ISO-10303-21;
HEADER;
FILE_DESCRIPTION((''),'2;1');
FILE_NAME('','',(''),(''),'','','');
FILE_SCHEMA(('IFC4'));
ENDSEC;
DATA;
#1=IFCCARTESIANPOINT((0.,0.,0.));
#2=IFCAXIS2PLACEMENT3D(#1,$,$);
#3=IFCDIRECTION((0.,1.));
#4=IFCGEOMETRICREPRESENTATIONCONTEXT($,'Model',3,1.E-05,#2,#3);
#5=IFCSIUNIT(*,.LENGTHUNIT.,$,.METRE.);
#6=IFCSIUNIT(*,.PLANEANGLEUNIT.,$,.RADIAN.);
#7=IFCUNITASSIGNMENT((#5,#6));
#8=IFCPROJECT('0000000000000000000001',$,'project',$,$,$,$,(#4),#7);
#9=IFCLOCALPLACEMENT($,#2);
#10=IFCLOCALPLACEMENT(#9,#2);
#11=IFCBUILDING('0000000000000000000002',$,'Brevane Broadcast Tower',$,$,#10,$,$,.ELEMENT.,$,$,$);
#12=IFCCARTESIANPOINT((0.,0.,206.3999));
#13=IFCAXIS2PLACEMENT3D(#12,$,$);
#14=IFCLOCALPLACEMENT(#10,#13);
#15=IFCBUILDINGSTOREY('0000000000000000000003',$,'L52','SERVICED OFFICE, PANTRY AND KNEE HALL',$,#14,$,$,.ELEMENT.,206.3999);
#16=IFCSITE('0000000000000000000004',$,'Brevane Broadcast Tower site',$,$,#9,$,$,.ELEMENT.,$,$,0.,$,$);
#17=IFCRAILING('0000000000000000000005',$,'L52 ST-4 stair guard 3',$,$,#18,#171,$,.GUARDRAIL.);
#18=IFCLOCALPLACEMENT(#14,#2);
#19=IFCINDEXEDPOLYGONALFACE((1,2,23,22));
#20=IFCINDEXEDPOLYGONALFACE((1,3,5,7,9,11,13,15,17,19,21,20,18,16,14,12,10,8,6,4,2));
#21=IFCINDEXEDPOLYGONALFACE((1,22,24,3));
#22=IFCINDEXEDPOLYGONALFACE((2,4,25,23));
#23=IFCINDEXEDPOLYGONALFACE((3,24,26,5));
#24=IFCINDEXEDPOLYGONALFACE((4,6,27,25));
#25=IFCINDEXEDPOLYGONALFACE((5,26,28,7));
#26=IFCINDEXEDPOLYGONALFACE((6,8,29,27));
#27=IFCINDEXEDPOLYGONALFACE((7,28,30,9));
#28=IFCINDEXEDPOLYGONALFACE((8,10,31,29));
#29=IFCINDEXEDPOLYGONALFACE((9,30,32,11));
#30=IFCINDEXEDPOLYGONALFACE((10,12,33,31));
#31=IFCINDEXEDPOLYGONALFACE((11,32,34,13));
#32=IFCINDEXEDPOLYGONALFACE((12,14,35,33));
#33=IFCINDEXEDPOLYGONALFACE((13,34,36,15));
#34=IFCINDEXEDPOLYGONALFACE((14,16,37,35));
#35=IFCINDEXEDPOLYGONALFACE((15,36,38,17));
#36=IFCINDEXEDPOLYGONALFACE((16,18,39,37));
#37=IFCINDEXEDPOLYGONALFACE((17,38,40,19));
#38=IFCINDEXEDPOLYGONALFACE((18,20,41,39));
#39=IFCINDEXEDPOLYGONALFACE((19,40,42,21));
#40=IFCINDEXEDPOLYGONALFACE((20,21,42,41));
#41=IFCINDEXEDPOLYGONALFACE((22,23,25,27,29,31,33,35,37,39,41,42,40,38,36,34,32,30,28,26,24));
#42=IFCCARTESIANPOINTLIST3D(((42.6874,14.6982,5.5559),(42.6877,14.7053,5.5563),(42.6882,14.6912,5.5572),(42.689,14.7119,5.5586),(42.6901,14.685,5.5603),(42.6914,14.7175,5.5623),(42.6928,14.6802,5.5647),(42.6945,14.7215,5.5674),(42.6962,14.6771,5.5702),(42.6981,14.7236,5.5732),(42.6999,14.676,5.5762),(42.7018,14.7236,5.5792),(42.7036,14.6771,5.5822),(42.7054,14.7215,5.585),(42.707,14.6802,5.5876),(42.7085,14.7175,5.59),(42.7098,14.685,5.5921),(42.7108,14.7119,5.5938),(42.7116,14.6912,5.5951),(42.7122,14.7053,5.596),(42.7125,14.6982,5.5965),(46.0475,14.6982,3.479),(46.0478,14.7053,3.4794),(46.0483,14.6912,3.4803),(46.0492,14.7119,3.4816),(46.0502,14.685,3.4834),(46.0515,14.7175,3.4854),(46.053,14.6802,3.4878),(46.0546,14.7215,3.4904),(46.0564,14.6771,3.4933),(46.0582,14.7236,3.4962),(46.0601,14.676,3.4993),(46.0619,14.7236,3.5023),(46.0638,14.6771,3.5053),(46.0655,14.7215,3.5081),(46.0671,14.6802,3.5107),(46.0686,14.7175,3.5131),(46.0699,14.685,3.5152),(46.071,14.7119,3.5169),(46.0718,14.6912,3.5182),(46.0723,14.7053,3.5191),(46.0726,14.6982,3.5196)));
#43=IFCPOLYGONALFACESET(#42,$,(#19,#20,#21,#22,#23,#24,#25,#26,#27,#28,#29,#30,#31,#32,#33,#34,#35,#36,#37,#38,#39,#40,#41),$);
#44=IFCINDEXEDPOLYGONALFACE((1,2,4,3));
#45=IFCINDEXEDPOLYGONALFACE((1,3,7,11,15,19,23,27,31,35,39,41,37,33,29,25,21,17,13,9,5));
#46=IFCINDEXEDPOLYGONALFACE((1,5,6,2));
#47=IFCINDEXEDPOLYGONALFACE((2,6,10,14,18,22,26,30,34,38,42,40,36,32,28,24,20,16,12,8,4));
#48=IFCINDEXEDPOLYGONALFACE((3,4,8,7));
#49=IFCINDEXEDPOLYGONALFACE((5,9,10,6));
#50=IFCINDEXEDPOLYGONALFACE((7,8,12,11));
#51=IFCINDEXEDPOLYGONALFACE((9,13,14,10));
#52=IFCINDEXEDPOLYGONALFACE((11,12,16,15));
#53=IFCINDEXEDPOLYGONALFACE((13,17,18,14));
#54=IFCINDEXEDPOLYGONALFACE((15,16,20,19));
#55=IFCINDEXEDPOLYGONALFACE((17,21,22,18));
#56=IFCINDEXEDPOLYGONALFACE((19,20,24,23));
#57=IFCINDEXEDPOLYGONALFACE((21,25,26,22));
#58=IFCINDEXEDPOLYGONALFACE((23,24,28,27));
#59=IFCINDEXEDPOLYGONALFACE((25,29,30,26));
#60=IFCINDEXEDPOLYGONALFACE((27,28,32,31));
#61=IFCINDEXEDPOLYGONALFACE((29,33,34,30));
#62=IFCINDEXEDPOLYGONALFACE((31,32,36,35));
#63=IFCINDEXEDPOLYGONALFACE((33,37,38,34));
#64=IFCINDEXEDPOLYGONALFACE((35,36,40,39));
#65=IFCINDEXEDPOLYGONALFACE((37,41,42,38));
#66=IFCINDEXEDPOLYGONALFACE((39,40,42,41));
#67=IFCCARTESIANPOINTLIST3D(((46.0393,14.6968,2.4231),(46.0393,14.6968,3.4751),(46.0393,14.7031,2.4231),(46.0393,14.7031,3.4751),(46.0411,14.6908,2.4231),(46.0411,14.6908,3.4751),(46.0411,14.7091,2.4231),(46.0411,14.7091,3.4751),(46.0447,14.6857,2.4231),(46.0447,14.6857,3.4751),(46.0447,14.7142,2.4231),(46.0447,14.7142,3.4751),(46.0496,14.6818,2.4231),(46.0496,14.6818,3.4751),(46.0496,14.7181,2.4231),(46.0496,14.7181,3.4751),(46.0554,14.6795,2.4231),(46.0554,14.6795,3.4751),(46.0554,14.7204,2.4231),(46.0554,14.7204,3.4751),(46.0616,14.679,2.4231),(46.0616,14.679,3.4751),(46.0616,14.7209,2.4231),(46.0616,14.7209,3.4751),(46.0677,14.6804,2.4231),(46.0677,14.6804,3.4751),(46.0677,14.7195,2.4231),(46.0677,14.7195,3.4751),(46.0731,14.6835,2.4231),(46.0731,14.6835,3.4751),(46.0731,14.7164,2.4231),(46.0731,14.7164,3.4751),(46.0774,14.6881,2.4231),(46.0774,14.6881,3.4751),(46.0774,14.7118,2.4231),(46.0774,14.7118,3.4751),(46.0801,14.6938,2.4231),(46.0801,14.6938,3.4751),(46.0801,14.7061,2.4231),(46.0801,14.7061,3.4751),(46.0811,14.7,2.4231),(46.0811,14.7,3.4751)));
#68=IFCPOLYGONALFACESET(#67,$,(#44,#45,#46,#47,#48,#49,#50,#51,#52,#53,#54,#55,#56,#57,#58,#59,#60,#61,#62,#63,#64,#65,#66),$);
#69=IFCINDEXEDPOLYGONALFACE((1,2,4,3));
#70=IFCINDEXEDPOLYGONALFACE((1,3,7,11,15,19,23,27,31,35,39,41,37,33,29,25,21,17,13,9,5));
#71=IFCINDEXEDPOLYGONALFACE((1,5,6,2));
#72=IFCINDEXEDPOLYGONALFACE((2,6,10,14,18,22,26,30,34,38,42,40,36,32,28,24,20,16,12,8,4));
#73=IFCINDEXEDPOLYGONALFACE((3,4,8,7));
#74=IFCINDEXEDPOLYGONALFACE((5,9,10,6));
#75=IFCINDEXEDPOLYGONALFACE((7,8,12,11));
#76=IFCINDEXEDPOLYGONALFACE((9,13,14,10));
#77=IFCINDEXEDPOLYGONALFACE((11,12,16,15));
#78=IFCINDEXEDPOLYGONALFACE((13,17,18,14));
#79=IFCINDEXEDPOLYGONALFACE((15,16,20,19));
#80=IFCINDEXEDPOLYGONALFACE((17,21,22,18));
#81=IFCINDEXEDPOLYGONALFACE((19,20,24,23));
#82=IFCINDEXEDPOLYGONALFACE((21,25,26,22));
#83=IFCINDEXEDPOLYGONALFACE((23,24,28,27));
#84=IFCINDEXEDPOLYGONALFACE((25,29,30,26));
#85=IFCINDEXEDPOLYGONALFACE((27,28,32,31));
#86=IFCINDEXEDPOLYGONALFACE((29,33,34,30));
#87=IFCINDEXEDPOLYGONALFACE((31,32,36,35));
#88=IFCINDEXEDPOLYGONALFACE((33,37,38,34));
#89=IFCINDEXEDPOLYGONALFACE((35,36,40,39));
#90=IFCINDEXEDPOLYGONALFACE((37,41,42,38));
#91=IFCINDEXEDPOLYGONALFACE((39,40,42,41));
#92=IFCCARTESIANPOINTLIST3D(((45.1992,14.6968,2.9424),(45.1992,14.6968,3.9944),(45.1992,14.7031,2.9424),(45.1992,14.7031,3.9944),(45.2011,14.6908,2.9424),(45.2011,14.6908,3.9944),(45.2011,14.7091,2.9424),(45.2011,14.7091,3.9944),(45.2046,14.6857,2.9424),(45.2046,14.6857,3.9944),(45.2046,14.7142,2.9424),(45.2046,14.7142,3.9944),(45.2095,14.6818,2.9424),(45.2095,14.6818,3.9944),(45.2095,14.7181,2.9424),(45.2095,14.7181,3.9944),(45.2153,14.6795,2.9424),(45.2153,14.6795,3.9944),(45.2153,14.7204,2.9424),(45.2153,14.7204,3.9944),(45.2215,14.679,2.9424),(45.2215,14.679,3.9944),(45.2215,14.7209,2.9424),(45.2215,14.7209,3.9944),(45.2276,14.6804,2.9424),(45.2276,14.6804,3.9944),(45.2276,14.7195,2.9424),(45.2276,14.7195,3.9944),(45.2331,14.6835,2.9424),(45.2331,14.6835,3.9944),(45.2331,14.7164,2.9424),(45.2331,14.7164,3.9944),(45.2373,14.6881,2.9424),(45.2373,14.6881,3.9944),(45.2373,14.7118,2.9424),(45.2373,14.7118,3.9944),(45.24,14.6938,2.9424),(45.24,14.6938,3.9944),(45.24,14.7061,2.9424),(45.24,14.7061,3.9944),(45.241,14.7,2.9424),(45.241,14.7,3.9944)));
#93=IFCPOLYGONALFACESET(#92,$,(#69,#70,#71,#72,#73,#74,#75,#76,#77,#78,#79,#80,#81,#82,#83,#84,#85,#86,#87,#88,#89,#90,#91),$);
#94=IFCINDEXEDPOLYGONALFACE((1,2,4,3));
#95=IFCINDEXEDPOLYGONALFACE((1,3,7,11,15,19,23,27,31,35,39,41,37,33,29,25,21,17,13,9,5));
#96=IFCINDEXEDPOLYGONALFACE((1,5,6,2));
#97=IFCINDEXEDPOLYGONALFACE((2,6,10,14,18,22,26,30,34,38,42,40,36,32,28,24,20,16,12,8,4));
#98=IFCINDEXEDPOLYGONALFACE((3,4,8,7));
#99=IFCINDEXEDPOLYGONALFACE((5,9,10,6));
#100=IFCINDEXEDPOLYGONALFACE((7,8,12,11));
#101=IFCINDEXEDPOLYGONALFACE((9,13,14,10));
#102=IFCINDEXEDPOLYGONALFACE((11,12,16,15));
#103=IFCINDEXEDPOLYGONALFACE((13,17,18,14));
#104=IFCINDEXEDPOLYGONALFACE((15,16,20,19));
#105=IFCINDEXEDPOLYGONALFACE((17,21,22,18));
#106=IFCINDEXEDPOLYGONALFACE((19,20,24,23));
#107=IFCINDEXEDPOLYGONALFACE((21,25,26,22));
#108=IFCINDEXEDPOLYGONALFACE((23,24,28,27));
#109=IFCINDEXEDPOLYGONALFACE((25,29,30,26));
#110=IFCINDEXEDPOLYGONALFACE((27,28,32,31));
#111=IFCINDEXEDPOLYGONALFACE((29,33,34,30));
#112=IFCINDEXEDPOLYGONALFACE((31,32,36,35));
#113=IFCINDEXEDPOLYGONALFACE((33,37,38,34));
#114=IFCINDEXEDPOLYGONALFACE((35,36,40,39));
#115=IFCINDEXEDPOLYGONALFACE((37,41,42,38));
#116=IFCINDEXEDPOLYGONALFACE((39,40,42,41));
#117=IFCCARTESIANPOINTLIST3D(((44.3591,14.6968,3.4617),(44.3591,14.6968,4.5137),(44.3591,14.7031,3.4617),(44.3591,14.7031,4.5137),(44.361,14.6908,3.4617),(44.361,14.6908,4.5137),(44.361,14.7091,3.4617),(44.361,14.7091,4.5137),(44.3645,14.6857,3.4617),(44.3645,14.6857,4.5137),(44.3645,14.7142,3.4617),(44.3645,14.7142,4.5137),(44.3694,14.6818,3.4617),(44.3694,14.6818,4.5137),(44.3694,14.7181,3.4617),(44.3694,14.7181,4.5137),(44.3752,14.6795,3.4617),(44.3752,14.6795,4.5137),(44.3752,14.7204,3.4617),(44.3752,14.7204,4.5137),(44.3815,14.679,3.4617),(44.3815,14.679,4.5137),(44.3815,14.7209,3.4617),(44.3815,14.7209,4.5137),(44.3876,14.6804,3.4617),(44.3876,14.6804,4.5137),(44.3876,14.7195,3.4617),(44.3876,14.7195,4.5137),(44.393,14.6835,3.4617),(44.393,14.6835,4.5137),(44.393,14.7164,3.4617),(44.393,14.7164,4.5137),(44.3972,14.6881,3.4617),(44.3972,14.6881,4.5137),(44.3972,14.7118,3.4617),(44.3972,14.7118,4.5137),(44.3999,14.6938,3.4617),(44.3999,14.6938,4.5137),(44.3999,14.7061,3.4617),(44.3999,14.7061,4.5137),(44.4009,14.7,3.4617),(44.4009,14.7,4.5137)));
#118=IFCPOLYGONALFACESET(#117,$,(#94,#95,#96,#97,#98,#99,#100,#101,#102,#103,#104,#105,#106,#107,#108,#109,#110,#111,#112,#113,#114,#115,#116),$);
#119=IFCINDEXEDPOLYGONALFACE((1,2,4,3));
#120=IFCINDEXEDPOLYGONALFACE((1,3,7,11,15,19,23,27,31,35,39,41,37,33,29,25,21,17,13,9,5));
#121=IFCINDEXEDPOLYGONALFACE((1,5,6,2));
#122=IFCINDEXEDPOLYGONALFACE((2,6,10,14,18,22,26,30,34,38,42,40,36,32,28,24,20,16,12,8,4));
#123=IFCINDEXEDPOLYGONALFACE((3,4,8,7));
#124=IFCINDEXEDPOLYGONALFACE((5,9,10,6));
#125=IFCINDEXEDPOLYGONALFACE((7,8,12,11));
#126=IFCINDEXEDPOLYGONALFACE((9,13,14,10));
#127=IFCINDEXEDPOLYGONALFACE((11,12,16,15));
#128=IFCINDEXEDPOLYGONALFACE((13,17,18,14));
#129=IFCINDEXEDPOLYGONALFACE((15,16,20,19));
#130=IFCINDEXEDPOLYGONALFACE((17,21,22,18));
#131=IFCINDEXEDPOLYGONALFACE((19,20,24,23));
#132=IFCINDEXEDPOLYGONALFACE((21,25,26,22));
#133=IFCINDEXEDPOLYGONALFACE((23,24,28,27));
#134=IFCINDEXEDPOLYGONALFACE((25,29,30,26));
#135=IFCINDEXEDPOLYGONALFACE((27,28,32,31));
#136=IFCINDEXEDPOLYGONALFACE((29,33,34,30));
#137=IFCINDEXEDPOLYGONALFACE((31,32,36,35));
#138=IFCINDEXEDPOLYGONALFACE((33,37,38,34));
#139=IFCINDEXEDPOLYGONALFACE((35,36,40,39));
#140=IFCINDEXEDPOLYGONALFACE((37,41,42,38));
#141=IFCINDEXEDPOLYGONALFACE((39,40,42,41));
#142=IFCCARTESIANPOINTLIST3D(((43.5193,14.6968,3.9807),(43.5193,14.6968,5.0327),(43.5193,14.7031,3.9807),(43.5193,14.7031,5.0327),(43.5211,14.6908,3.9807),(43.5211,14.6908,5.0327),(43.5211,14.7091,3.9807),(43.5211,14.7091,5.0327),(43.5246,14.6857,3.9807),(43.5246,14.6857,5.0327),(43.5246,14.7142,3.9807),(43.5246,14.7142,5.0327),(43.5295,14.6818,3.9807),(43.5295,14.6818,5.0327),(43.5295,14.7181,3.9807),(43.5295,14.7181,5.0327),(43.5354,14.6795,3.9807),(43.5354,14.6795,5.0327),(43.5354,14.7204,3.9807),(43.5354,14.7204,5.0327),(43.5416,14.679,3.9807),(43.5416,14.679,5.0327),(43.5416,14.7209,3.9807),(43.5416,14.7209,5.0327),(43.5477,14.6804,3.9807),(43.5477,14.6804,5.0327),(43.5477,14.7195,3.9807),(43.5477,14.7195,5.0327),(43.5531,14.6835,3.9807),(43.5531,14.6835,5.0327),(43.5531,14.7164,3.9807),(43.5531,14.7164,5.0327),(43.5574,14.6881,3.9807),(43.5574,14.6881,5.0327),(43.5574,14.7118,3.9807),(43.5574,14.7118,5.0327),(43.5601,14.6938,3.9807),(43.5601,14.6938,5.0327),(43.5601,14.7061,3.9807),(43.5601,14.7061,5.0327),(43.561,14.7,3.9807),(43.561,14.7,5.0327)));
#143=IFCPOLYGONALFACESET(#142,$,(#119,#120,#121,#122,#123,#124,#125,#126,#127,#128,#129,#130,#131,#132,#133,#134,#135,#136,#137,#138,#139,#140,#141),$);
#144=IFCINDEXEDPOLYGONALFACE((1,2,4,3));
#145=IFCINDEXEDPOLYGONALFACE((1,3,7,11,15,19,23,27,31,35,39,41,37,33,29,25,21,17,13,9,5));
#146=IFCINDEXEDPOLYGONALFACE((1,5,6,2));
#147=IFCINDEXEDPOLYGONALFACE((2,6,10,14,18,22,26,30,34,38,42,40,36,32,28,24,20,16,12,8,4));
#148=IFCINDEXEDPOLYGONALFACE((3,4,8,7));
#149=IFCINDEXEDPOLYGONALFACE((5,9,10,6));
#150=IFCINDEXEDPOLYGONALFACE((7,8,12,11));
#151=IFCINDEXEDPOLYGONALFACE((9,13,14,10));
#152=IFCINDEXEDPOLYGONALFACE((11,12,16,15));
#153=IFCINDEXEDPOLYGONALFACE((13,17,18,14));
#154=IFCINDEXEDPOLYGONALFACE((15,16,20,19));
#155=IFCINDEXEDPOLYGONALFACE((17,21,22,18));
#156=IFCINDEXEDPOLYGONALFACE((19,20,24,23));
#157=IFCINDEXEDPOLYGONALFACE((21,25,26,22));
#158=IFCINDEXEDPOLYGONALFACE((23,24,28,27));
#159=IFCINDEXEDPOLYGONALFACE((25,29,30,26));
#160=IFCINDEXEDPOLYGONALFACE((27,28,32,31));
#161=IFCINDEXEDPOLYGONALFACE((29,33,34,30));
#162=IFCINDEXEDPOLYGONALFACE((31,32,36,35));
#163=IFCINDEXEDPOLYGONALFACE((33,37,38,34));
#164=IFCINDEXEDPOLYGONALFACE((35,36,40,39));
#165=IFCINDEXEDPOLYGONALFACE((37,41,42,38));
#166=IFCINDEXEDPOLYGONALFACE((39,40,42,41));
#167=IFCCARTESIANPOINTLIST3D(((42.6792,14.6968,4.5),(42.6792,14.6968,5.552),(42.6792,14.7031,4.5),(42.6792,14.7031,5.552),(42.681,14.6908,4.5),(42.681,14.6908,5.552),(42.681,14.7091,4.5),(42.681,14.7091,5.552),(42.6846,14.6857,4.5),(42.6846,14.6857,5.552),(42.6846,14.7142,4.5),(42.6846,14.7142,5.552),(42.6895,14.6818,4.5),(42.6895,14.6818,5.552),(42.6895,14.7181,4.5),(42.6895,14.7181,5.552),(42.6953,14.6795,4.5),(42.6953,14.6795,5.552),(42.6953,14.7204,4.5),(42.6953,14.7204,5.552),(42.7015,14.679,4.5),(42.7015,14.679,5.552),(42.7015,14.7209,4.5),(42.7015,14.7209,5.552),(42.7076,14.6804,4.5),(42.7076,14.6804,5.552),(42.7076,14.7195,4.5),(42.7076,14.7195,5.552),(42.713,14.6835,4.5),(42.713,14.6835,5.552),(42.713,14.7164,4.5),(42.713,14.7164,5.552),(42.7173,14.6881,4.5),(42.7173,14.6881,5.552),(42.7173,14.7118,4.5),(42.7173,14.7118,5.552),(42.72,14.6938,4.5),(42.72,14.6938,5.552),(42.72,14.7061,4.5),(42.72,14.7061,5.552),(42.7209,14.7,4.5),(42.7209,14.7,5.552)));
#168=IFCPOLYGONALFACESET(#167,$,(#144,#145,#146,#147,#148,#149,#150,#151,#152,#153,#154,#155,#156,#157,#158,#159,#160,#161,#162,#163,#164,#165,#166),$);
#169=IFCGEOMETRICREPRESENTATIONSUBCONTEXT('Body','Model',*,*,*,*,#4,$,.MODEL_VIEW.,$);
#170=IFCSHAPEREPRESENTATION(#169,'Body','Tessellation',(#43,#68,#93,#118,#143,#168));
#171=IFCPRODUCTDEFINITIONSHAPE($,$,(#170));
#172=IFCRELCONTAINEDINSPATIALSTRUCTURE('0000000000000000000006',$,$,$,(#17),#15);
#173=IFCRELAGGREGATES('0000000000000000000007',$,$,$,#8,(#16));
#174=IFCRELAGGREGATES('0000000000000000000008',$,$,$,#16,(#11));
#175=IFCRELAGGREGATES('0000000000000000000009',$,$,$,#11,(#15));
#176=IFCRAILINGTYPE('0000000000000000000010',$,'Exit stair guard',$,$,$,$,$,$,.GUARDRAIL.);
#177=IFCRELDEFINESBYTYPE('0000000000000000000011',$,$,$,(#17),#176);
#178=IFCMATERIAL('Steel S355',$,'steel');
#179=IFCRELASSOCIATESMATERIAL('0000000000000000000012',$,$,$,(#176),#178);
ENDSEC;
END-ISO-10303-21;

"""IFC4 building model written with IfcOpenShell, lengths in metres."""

from ifc_helpers import new_model, si_unit, direction, frame, origin, origin_2d, place, context, subcontext, project, spatial, circle, extrude, material, type_object, element, save


model = new_model("IFC4")

# Units and contexts
model_context = context("Model", 3, precision=1e-05, world=origin(), true_north=direction((0.0, 1.0)))
body_context = subcontext(model_context, "Body", "Model", "MODEL_VIEW")
ifc_project = project(units=[si_unit("LENGTHUNIT", "METRE"), si_unit("PLANEANGLEUNIT", "RADIAN")], contexts=[model_context])

# Site, building, storey
site_placement = place(None, origin())
site = spatial("IfcSite", under=ifc_project, at=site_placement, Name="Brevane Broadcast Tower site", CompositionType="ELEMENT", RefElevation=0.0)
building_placement = place(site_placement, origin())
building = spatial("IfcBuilding", under=site, at=building_placement, Name="Brevane Broadcast Tower", CompositionType="ELEMENT")
storey_placement = place(building_placement, frame((0.0, 0.0, 206.3999)))
storey = spatial("IfcBuildingStorey", under=building, at=storey_placement, Name="L52", Description="SERVICED OFFICE, PANTRY AND KNEE HALL", CompositionType="ELEMENT", Elevation=206.3999)

# Railing
ifc_material_1 = material(Name="Steel S355", Category="steel")
railing_type_1 = type_object("IfcRailingType", Name="Exit stair guard", PredefinedType="GUARDRAIL", material=ifc_material_1)
railing_1_placement = place(storey_placement, frame((46.0601, 14.7, 2.4231)))
element("IfcRailing", 1, at=railing_1_placement, inside=storey, type_object=railing_type_1, Name="L52 ST-4 stair guard 3", PredefinedType="GUARDRAIL", context=body_context, shape_type="SweptSolid", body=[
    extrude(circle(Radius=0.0239, at=origin_2d()), frame((0.0, 0.0, 1.0762), z_axis=(-0.850623, 0.0, 0.525776), x_axis=(0.0, -1.0, 0.0)), (0.0, 0.0, 1.0), 3.9502),
    extrude(circle(Radius=0.021, at=origin_2d()), origin(), (0.0, 0.0, 1.0), 1.052),
    extrude(circle(Radius=0.021, at=origin_2d()), frame((-0.8401, 0.0, 0.5193)), (0.0, 0.0, 1.0), 1.052),
    extrude(circle(Radius=0.021, at=origin_2d()), frame((-1.6802, 0.0, 1.0386)), (0.0, 0.0, 1.0), 1.052),
    extrude(circle(Radius=0.021, at=origin_2d()), frame((-2.52, 0.0, 1.5576)), (0.0, 0.0, 1.0), 1.052),
    extrude(circle(Radius=0.021, at=origin_2d()), frame((-3.3601, 0.0, 2.0769)), (0.0, 0.0, 1.0), 1.052),
])

save(model, "model.ifc")
